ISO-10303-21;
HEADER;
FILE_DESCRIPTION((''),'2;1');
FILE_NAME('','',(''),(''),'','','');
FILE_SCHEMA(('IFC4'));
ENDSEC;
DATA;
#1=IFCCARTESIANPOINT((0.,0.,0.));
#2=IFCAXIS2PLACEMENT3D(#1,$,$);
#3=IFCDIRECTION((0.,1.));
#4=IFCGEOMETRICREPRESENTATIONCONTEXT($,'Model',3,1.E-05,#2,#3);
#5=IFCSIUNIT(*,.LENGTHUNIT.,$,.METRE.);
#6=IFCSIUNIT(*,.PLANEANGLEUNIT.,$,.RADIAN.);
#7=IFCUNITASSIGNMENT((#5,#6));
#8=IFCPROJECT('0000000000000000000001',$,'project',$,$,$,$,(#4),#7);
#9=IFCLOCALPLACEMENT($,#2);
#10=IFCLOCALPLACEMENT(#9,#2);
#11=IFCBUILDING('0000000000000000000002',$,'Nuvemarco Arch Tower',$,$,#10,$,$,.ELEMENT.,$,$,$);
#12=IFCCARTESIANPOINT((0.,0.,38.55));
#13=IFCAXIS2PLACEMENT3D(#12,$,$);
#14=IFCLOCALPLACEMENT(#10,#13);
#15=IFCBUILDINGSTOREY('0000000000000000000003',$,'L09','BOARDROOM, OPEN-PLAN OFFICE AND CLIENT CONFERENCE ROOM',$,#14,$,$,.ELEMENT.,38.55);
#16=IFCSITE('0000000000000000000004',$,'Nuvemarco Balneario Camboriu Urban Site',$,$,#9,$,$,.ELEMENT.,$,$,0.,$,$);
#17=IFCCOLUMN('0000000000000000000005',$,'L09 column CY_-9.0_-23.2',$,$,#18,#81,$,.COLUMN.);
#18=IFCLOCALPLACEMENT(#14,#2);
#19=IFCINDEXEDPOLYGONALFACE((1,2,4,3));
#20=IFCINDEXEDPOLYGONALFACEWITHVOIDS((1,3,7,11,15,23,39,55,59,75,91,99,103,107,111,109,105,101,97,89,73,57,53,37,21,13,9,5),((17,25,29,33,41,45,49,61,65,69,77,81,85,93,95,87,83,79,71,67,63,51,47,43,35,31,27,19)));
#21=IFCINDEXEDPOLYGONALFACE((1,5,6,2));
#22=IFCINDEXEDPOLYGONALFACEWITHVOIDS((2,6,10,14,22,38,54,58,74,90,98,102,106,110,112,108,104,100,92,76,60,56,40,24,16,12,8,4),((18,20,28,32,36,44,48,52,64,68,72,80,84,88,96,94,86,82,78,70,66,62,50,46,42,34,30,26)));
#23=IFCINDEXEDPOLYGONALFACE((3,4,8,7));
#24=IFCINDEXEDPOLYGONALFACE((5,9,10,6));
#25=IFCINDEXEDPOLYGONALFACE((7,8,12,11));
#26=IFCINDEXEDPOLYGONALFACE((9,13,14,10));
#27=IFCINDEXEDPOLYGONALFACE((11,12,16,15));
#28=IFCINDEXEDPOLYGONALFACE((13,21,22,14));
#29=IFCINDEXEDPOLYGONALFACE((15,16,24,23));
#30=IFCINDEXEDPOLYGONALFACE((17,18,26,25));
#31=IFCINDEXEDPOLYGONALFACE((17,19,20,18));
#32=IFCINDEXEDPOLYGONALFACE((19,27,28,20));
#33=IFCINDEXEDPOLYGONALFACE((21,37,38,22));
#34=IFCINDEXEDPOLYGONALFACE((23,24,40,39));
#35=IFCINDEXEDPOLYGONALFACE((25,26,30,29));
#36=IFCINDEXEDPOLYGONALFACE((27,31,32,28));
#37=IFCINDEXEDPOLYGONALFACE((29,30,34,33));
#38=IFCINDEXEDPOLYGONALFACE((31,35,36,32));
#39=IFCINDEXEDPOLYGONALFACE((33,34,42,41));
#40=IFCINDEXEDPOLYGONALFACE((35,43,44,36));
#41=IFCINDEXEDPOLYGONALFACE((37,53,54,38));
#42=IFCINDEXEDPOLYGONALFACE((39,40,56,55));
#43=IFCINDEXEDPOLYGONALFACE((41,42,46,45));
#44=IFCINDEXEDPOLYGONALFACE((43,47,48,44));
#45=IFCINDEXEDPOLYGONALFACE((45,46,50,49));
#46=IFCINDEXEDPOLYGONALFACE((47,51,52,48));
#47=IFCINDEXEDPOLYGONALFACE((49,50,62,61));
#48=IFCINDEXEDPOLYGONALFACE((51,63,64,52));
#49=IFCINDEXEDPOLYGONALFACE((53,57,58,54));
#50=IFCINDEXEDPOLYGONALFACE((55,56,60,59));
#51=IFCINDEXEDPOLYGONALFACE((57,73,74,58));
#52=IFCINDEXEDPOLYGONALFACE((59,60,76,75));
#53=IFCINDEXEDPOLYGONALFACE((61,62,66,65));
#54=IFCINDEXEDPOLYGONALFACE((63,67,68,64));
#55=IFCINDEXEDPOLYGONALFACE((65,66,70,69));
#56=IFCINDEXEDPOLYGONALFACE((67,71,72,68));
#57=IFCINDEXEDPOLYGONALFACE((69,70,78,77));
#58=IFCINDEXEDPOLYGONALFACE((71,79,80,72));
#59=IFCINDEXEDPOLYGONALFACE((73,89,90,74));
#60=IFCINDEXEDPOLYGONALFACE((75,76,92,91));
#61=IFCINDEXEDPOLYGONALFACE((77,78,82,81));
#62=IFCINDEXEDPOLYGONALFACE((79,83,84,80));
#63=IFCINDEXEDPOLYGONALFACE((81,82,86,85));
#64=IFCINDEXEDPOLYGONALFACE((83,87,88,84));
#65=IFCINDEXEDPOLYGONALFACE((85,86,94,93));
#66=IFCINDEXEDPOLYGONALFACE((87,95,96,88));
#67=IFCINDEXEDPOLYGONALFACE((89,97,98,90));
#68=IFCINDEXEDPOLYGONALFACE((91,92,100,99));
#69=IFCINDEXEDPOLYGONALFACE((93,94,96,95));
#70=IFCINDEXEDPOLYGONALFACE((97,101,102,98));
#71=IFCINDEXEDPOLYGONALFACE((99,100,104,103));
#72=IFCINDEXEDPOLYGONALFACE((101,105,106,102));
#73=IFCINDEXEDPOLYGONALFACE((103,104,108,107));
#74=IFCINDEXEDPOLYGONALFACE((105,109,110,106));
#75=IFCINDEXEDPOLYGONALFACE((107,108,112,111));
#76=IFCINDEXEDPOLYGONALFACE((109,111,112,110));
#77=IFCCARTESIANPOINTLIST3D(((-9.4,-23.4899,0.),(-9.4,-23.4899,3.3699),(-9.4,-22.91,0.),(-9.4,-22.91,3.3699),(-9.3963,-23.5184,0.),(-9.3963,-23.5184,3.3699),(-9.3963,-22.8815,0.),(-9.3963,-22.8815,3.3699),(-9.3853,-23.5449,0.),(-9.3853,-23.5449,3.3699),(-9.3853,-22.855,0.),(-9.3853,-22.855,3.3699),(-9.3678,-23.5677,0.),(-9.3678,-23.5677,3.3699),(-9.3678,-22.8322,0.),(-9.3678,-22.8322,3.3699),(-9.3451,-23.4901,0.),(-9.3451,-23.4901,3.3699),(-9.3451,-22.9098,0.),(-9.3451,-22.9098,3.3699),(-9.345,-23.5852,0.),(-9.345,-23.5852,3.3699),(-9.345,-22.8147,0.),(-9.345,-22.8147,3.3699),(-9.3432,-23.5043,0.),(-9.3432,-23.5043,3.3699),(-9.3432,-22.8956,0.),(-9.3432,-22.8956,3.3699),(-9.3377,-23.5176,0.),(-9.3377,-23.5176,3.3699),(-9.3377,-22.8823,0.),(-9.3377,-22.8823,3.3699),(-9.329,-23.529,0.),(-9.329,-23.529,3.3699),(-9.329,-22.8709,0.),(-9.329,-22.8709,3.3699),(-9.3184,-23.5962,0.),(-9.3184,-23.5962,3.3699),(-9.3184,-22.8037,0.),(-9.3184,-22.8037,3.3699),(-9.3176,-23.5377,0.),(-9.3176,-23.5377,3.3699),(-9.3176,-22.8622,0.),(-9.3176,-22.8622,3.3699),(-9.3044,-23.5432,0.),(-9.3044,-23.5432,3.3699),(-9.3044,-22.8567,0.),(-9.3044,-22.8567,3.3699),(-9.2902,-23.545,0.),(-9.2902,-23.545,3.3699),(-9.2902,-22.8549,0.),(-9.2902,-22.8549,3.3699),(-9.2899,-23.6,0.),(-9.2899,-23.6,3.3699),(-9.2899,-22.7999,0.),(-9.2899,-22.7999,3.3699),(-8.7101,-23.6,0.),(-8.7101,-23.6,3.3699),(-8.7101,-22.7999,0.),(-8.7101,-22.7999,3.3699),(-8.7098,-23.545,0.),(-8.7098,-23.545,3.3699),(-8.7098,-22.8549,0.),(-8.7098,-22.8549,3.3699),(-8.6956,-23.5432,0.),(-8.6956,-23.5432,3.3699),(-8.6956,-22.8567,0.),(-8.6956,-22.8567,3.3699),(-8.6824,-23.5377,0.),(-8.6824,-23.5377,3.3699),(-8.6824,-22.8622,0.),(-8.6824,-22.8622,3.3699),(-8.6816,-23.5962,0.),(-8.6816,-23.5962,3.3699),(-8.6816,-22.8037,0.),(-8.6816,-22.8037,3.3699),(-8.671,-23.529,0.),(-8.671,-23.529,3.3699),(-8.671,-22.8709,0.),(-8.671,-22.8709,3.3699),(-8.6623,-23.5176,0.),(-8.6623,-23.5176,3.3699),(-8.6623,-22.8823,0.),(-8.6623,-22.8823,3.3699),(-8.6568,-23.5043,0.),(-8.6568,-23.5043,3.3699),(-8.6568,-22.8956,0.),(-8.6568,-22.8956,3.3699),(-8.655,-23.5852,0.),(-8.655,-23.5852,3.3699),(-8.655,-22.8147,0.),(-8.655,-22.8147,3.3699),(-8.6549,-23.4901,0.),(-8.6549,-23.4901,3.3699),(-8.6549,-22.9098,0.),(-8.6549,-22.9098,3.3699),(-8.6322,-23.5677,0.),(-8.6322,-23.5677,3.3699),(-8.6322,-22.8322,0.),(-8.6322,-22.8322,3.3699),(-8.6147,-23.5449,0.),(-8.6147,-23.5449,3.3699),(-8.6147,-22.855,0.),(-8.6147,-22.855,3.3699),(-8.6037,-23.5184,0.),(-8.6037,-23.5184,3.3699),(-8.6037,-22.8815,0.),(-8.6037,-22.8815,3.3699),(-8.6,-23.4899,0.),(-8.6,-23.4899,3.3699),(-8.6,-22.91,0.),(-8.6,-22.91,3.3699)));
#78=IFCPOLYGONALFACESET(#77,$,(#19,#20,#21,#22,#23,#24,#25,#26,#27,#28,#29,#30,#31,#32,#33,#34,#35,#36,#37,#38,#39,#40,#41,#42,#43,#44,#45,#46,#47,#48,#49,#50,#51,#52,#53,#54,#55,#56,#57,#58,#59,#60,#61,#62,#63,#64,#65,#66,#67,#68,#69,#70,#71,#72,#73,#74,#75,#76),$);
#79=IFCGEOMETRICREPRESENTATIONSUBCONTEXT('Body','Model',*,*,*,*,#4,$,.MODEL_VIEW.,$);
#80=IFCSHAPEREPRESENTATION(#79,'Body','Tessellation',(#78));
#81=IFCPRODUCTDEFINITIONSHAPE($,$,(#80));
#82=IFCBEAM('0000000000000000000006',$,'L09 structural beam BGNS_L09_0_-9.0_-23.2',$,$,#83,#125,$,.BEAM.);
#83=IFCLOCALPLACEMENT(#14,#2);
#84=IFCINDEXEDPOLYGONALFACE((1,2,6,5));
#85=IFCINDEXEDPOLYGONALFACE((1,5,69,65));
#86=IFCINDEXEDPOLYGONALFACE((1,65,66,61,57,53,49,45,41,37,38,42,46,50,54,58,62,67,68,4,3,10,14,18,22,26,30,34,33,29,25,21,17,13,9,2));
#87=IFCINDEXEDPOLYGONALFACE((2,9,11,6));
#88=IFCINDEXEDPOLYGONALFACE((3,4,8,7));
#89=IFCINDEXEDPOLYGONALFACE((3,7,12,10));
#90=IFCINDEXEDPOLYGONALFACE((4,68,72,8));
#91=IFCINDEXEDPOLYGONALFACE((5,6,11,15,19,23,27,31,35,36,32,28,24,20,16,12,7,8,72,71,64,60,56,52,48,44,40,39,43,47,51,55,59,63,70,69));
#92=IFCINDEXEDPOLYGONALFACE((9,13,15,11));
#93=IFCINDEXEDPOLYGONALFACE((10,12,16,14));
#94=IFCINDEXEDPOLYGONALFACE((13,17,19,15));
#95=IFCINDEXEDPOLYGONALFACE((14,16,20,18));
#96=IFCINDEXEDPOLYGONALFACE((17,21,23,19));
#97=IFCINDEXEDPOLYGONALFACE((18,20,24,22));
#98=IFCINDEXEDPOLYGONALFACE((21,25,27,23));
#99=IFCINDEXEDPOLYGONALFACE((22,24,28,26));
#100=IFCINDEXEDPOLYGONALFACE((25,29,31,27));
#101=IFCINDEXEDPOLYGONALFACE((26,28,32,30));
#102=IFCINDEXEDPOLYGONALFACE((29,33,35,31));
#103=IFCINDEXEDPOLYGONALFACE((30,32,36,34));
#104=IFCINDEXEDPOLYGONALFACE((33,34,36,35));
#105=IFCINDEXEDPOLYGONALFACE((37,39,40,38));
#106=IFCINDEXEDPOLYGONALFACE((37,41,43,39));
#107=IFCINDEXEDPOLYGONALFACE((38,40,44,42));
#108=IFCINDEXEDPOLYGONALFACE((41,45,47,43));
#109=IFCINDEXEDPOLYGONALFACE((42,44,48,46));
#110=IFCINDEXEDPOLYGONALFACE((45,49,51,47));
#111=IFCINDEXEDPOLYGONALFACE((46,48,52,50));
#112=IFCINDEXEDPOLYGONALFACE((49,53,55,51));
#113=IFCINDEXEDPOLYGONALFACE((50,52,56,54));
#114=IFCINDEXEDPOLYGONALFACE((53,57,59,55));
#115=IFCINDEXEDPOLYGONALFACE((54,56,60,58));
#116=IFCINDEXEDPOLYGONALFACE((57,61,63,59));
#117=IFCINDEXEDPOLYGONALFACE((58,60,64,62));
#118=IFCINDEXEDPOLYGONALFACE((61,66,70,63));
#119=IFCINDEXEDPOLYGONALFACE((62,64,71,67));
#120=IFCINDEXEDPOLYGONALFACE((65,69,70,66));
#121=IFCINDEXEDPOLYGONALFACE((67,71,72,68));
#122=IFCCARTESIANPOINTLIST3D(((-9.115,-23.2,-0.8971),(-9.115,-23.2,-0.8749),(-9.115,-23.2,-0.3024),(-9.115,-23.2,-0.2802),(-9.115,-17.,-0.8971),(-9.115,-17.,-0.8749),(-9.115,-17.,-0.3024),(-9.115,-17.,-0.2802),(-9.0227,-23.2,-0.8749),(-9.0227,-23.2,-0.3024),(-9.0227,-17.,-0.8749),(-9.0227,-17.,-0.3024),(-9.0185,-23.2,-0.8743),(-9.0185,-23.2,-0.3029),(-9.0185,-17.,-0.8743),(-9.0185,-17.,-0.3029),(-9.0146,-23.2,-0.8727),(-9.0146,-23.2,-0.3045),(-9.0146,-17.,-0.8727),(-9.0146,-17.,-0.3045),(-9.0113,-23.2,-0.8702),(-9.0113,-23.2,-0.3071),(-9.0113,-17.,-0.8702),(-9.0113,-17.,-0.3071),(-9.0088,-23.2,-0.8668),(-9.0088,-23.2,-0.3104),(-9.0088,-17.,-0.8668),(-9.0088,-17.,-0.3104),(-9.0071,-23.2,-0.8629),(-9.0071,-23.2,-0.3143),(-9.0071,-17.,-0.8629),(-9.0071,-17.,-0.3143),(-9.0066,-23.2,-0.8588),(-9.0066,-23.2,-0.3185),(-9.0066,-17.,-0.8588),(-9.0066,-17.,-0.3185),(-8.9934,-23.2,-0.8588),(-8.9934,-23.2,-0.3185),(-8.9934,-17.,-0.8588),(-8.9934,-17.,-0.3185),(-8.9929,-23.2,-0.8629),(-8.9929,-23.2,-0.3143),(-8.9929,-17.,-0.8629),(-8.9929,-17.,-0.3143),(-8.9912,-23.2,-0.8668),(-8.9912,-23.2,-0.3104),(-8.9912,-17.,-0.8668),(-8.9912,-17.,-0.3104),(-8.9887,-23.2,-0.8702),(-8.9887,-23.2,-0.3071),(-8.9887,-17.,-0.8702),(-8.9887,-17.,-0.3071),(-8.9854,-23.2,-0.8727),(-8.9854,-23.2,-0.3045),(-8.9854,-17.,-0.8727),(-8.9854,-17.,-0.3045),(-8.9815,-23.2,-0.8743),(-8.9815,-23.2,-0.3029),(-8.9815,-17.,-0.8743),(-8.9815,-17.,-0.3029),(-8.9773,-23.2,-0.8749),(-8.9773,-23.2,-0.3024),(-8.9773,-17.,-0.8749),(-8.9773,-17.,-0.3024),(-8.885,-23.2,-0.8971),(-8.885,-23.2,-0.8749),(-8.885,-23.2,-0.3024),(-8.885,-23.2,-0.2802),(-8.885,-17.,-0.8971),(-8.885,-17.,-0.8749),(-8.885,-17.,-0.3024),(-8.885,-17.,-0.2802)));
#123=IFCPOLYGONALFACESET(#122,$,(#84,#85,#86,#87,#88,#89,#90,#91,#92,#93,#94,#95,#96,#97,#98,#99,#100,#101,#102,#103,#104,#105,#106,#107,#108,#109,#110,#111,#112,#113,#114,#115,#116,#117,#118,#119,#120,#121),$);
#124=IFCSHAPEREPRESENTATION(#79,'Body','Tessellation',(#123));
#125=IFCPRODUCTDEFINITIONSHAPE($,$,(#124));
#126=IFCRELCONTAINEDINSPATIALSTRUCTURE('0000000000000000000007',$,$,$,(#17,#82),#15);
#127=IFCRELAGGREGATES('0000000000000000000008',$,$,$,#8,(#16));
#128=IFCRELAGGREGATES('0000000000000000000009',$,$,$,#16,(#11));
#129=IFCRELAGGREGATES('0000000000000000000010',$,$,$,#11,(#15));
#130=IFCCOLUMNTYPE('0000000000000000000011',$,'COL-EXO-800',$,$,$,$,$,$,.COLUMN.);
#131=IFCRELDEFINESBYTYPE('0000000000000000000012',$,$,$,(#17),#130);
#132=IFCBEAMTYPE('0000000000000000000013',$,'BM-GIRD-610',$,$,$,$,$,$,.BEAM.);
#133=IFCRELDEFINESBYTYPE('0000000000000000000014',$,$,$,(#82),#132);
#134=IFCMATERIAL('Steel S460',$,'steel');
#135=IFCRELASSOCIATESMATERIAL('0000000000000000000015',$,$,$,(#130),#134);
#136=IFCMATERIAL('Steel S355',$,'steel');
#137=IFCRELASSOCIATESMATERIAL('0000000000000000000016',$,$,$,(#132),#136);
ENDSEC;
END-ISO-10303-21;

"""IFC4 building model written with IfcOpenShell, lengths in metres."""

from ifc_helpers import new_model, si_unit, direction, frame, origin, origin_2d, place, context, subcontext, project, spatial, hollow_rectangle, i_section, extrude, material, material_profile, profile_set, type_object, element, save


model = new_model("IFC4")

# Units and contexts
model_context = context("Model", 3, precision=1e-05, world=origin(), true_north=direction((0.0, 1.0)))
body_context = subcontext(model_context, "Body", "Model", "MODEL_VIEW")
ifc_project = project(units=[si_unit("LENGTHUNIT", "METRE"), si_unit("PLANEANGLEUNIT", "RADIAN")], contexts=[model_context])

# Site, building, storey
site_placement = place(None, origin())
site = spatial("IfcSite", under=ifc_project, at=site_placement, Name="Nuvemarco Balneario Camboriu Urban Site", CompositionType="ELEMENT", RefElevation=0.0)
building_placement = place(site_placement, origin())
building = spatial("IfcBuilding", under=site, at=building_placement, Name="Nuvemarco Arch Tower", CompositionType="ELEMENT")
storey_placement = place(building_placement, frame((0.0, 0.0, 38.55)))
storey = spatial("IfcBuildingStorey", under=building, at=storey_placement, Name="L09", Description="BOARDROOM, OPEN-PLAN OFFICE AND CLIENT CONFERENCE ROOM", CompositionType="ELEMENT", Elevation=38.55)

# Column
ifc_material_1 = material(Name="Steel S460", Category="steel")
ifc_material_profile_1 = material_profile(ifc_material_1, hollow_rectangle(XDim=0.8, YDim=0.8, WallThickness=0.0549, InnerFilletRadius=0.0549, OuterFilletRadius=0.1101, at=origin_2d()), Name="SHS800x800x55")
ifc_profile_set_1 = profile_set([ifc_material_profile_1], Name="Steel S460")
column_type = type_object("IfcColumnType", Name="COL-EXO-800", PredefinedType="COLUMN", material=ifc_profile_set_1)
column_placement = place(storey_placement, frame((-9.0, -23.2, 0.0), z_axis=(0.0, 0.0, 1.0), x_axis=(1.0, 0.0, 0.0)))
element("IfcColumn", 1, at=column_placement, inside=storey, type_object=column_type, Name="L09 column CY_-9.0_-23.2", PredefinedType="COLUMN", context=body_context, shape_type="SweptSolid", body=[
    extrude(hollow_rectangle(XDim=0.8, YDim=0.8, WallThickness=0.0549, InnerFilletRadius=0.0549, OuterFilletRadius=0.1101, at=origin_2d()), origin(), (0.0, 0.0, 1.0), 3.3699),
])

# Beam
ifc_material_2 = material(Name="Steel S355", Category="steel")
ifc_material_profile_2 = material_profile(ifc_material_2, i_section(OverallWidth=0.23, OverallDepth=0.6169, WebThickness=0.0132, FlangeThickness=0.0222, FilletRadius=0.0161, at=origin_2d()), Name="W610x140")
ifc_profile_set_2 = profile_set([ifc_material_profile_2], Name="Steel S355")
beam_type = type_object("IfcBeamType", Name="BM-GIRD-610", PredefinedType="BEAM", material=ifc_profile_set_2)
beam_placement = place(storey_placement, frame((-9.0, -23.2, -0.5886), z_axis=(0.0, 1.0, 0.0), x_axis=(-1.0, 0.0, 0.0)))
element("IfcBeam", 2, at=beam_placement, inside=storey, type_object=beam_type, Name="L09 structural beam BGNS_L09_0_-9.0_-23.2", PredefinedType="BEAM", context=body_context, shape_type="SweptSolid", body=[
    extrude(i_section(OverallWidth=0.23, OverallDepth=0.6169, WebThickness=0.0132, FlangeThickness=0.0222, FilletRadius=0.0161, at=origin_2d()), origin(), (0.0, 0.0, 1.0), 6.2),
])

save(model, "model.ifc")
